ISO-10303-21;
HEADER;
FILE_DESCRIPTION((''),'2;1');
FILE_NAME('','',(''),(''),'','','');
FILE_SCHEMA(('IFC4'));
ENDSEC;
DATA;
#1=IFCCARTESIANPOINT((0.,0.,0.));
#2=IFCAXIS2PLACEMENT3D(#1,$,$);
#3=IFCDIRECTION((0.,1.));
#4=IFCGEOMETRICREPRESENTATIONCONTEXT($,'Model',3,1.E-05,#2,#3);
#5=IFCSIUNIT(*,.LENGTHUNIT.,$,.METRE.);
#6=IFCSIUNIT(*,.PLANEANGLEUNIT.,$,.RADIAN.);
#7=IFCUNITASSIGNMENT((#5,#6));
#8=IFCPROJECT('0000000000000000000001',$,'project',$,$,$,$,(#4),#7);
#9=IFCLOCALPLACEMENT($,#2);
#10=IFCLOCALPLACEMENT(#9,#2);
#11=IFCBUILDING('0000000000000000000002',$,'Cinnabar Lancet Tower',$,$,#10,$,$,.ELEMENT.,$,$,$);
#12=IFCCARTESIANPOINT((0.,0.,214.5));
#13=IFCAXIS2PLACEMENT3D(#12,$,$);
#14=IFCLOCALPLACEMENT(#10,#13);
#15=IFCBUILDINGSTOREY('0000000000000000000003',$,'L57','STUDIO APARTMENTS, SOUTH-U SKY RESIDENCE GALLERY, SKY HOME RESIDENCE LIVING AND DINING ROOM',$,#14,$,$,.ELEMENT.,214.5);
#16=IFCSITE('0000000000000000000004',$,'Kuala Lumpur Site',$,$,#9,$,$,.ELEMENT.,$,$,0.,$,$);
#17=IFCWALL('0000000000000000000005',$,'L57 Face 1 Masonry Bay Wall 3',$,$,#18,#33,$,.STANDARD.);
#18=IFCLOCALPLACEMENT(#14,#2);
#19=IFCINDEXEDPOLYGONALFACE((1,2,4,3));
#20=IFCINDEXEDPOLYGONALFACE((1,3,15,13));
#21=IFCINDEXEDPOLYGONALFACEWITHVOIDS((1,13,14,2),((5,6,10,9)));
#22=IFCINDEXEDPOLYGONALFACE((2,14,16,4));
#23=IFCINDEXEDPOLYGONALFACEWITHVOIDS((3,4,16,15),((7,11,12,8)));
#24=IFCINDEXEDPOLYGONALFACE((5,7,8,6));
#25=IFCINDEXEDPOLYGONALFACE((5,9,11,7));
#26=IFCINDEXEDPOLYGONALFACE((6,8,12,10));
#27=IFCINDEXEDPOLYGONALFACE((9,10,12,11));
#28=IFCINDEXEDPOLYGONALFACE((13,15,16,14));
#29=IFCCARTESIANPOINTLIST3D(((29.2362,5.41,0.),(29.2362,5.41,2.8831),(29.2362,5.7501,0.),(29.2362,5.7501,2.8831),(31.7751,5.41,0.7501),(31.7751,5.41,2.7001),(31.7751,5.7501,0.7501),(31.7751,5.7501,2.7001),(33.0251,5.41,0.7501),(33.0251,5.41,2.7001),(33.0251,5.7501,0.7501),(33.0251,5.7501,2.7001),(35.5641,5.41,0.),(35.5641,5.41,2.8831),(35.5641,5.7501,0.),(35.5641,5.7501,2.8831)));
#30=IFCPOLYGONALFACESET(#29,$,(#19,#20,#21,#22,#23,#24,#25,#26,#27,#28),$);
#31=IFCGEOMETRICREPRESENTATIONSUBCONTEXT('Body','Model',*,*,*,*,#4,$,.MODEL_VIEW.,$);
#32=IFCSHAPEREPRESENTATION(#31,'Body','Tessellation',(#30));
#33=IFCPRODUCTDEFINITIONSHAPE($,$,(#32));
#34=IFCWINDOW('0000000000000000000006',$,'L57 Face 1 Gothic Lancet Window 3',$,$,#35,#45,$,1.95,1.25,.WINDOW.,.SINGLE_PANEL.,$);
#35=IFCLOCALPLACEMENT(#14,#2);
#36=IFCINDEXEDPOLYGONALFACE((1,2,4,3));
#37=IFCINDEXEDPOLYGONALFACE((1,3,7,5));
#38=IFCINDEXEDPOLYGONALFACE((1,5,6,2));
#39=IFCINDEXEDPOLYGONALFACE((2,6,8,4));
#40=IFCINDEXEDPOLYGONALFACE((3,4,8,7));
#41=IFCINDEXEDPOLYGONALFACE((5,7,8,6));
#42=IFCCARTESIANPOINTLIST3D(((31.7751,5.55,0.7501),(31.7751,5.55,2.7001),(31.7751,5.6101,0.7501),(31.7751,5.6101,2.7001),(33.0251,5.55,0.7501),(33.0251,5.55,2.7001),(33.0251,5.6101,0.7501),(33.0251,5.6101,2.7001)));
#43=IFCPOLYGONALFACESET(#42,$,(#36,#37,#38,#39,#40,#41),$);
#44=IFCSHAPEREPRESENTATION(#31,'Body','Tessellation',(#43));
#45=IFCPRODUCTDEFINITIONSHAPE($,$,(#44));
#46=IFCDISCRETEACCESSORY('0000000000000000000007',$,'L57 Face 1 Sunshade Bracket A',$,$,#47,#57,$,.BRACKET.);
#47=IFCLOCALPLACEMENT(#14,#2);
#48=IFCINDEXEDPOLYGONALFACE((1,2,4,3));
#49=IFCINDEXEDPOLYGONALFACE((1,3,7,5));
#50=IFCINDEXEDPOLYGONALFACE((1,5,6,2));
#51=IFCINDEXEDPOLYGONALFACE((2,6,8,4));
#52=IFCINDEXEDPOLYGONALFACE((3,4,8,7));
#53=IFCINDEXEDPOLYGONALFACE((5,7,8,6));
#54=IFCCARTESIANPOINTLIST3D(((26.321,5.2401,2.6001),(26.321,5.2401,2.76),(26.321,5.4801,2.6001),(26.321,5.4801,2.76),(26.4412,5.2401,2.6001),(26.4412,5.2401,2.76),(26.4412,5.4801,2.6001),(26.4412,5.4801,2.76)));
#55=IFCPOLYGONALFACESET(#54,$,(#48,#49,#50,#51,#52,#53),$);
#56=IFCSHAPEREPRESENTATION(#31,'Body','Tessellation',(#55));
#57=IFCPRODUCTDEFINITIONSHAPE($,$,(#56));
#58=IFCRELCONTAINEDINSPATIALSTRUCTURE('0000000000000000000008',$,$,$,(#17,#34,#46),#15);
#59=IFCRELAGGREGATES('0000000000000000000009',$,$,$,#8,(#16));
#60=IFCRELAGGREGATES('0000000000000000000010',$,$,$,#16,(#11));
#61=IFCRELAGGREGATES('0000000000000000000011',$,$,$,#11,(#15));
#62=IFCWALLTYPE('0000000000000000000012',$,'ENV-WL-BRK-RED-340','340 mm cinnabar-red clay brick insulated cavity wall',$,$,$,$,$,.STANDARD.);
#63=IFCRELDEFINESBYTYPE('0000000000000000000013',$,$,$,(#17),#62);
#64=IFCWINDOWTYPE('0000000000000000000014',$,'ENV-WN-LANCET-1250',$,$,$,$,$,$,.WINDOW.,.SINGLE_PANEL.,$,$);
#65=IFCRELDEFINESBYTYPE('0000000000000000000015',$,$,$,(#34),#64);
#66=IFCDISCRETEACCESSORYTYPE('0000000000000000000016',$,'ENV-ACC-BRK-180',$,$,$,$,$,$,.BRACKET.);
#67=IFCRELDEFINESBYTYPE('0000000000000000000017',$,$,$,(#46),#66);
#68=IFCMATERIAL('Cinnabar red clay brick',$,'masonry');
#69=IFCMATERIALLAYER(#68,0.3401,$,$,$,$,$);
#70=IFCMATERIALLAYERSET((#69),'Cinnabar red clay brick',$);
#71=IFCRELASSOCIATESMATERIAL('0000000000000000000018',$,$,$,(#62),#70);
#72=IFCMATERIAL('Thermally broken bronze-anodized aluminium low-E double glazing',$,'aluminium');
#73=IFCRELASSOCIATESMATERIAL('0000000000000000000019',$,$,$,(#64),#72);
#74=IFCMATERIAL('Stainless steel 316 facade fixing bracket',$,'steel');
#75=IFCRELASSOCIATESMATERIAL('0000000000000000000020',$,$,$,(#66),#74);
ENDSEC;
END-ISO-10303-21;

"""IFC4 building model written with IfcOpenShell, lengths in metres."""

from ifc_helpers import new_model, si_unit, direction, frame, frame_2d, origin, origin_2d, place, context, subcontext, project, spatial, rectangle, extrude, material, layer, layer_set, type_object, element, fill, save


model = new_model("IFC4")

# Units and contexts
model_context = context("Model", 3, precision=1e-05, world=origin(), true_north=direction((0.0, 1.0)))
body_context = subcontext(model_context, "Body", "Model", "MODEL_VIEW")
ifc_project = project(units=[si_unit("LENGTHUNIT", "METRE"), si_unit("PLANEANGLEUNIT", "RADIAN")], contexts=[model_context])

# Site, building, storey
site_placement = place(None, origin())
site = spatial("IfcSite", under=ifc_project, at=site_placement, Name="Kuala Lumpur Site", CompositionType="ELEMENT", RefElevation=0.0)
building_placement = place(site_placement, origin())
building = spatial("IfcBuilding", under=site, at=building_placement, Name="Cinnabar Lancet Tower", CompositionType="ELEMENT")
storey_placement = place(building_placement, frame((0.0, 0.0, 214.5)))
storey = spatial("IfcBuildingStorey", under=building, at=storey_placement, Name="L57", Description="STUDIO APARTMENTS, SOUTH-U SKY RESIDENCE GALLERY, SKY HOME RESIDENCE LIVING AND DINING ROOM", CompositionType="ELEMENT", Elevation=214.5)

# Shared definitions
ifc_material_1 = material(Name="Cinnabar red clay brick", Category="masonry")
ifc_layer_1 = layer(ifc_material_1, 0.3401)
ifc_layer_set_1 = layer_set([ifc_layer_1], Name="Cinnabar red clay brick")
wall_type_1 = type_object("IfcWallType", Name="ENV-WL-BRK-RED-340", Description="340 mm cinnabar-red clay brick insulated cavity wall", PredefinedType="STANDARD", material=ifc_layer_set_1)

# Wall, opening, window
wall_1_placement = place(storey_placement, frame((29.2361, 5.5801, 0.0), z_axis=(0.0, 0.0, 1.0), x_axis=(1.0, 0.0, 0.0)))
wall_1 = element("IfcWall", 1, at=wall_1_placement, inside=storey, type_object=wall_type_1, Name="L57 Face 1 Masonry Bay Wall 3", PredefinedType="STANDARD", context=body_context, shape_type="SweptSolid", body=[
    extrude(rectangle(XDim=6.3279, YDim=0.3401, at=frame_2d((3.1641, 0.0))), origin(), (0.0, 0.0, 1.0), 2.8831),
])
opening_1_placement = place(wall_1_placement, frame((2.5391, 0.0, 0.75)))
opening_1 = element("IfcOpeningElement", 2, at=opening_1_placement, cuts=wall_1, PredefinedType="OPENING", context=body_context, shape_type="SweptSolid", body=[
    extrude(rectangle(XDim=1.25, YDim=1.95, at=frame_2d((0.625, 0.9751))), frame((0.0, 0.1799, 0.0), z_axis=(0.0, -1.0, 0.0), x_axis=(1.0, 0.0, 0.0)), (0.0, 0.0, 1.0), 0.3601),
])
ifc_material_2 = material(Name="Thermally broken bronze-anodized aluminium low-E double glazing", Category="aluminium")
window_type_1 = type_object("IfcWindowType", Name="ENV-WN-LANCET-1250", PartitioningType="SINGLE_PANEL", PredefinedType="WINDOW", material=ifc_material_2)
window_1_placement = place(opening_1_placement, origin())
window_1 = element("IfcWindow", 3, at=window_1_placement, inside=storey, type_object=window_type_1, Name="L57 Face 1 Gothic Lancet Window 3", OverallHeight=1.95, OverallWidth=1.25, PartitioningType="SINGLE_PANEL", PredefinedType="WINDOW", context=body_context, shape_type="SweptSolid", body=[
    extrude(rectangle(XDim=1.25, YDim=1.95, at=frame_2d((0.625, 0.9751))), frame((0.0, 0.03, 0.0), z_axis=(0.0, -1.0, 0.0), x_axis=(1.0, 0.0, 0.0)), (0.0, 0.0, 1.0), 0.0601),
])
fill(opening_1, window_1)

# Discrete accessory
ifc_material_3 = material(Name="Stainless steel 316 facade fixing bracket", Category="steel")
discrete_accessory_type = type_object("IfcDiscreteAccessoryType", Name="ENV-ACC-BRK-180", PredefinedType="BRACKET", material=ifc_material_3)
discrete_accessory_placement = place(storey_placement, frame((26.3811, 5.3601, 2.6001), z_axis=(0.0, 0.0, 1.0), x_axis=(1.0, 0.0, 0.0)))
element("IfcDiscreteAccessory", 4, at=discrete_accessory_placement, inside=storey, type_object=discrete_accessory_type, Name="L57 Face 1 Sunshade Bracket A", PredefinedType="BRACKET", context=body_context, shape_type="SweptSolid", body=[
    extrude(rectangle(XDim=0.1201, YDim=0.24, at=origin_2d()), origin(), (0.0, 0.0, 1.0), 0.1599),
])

save(model, "model.ifc")
